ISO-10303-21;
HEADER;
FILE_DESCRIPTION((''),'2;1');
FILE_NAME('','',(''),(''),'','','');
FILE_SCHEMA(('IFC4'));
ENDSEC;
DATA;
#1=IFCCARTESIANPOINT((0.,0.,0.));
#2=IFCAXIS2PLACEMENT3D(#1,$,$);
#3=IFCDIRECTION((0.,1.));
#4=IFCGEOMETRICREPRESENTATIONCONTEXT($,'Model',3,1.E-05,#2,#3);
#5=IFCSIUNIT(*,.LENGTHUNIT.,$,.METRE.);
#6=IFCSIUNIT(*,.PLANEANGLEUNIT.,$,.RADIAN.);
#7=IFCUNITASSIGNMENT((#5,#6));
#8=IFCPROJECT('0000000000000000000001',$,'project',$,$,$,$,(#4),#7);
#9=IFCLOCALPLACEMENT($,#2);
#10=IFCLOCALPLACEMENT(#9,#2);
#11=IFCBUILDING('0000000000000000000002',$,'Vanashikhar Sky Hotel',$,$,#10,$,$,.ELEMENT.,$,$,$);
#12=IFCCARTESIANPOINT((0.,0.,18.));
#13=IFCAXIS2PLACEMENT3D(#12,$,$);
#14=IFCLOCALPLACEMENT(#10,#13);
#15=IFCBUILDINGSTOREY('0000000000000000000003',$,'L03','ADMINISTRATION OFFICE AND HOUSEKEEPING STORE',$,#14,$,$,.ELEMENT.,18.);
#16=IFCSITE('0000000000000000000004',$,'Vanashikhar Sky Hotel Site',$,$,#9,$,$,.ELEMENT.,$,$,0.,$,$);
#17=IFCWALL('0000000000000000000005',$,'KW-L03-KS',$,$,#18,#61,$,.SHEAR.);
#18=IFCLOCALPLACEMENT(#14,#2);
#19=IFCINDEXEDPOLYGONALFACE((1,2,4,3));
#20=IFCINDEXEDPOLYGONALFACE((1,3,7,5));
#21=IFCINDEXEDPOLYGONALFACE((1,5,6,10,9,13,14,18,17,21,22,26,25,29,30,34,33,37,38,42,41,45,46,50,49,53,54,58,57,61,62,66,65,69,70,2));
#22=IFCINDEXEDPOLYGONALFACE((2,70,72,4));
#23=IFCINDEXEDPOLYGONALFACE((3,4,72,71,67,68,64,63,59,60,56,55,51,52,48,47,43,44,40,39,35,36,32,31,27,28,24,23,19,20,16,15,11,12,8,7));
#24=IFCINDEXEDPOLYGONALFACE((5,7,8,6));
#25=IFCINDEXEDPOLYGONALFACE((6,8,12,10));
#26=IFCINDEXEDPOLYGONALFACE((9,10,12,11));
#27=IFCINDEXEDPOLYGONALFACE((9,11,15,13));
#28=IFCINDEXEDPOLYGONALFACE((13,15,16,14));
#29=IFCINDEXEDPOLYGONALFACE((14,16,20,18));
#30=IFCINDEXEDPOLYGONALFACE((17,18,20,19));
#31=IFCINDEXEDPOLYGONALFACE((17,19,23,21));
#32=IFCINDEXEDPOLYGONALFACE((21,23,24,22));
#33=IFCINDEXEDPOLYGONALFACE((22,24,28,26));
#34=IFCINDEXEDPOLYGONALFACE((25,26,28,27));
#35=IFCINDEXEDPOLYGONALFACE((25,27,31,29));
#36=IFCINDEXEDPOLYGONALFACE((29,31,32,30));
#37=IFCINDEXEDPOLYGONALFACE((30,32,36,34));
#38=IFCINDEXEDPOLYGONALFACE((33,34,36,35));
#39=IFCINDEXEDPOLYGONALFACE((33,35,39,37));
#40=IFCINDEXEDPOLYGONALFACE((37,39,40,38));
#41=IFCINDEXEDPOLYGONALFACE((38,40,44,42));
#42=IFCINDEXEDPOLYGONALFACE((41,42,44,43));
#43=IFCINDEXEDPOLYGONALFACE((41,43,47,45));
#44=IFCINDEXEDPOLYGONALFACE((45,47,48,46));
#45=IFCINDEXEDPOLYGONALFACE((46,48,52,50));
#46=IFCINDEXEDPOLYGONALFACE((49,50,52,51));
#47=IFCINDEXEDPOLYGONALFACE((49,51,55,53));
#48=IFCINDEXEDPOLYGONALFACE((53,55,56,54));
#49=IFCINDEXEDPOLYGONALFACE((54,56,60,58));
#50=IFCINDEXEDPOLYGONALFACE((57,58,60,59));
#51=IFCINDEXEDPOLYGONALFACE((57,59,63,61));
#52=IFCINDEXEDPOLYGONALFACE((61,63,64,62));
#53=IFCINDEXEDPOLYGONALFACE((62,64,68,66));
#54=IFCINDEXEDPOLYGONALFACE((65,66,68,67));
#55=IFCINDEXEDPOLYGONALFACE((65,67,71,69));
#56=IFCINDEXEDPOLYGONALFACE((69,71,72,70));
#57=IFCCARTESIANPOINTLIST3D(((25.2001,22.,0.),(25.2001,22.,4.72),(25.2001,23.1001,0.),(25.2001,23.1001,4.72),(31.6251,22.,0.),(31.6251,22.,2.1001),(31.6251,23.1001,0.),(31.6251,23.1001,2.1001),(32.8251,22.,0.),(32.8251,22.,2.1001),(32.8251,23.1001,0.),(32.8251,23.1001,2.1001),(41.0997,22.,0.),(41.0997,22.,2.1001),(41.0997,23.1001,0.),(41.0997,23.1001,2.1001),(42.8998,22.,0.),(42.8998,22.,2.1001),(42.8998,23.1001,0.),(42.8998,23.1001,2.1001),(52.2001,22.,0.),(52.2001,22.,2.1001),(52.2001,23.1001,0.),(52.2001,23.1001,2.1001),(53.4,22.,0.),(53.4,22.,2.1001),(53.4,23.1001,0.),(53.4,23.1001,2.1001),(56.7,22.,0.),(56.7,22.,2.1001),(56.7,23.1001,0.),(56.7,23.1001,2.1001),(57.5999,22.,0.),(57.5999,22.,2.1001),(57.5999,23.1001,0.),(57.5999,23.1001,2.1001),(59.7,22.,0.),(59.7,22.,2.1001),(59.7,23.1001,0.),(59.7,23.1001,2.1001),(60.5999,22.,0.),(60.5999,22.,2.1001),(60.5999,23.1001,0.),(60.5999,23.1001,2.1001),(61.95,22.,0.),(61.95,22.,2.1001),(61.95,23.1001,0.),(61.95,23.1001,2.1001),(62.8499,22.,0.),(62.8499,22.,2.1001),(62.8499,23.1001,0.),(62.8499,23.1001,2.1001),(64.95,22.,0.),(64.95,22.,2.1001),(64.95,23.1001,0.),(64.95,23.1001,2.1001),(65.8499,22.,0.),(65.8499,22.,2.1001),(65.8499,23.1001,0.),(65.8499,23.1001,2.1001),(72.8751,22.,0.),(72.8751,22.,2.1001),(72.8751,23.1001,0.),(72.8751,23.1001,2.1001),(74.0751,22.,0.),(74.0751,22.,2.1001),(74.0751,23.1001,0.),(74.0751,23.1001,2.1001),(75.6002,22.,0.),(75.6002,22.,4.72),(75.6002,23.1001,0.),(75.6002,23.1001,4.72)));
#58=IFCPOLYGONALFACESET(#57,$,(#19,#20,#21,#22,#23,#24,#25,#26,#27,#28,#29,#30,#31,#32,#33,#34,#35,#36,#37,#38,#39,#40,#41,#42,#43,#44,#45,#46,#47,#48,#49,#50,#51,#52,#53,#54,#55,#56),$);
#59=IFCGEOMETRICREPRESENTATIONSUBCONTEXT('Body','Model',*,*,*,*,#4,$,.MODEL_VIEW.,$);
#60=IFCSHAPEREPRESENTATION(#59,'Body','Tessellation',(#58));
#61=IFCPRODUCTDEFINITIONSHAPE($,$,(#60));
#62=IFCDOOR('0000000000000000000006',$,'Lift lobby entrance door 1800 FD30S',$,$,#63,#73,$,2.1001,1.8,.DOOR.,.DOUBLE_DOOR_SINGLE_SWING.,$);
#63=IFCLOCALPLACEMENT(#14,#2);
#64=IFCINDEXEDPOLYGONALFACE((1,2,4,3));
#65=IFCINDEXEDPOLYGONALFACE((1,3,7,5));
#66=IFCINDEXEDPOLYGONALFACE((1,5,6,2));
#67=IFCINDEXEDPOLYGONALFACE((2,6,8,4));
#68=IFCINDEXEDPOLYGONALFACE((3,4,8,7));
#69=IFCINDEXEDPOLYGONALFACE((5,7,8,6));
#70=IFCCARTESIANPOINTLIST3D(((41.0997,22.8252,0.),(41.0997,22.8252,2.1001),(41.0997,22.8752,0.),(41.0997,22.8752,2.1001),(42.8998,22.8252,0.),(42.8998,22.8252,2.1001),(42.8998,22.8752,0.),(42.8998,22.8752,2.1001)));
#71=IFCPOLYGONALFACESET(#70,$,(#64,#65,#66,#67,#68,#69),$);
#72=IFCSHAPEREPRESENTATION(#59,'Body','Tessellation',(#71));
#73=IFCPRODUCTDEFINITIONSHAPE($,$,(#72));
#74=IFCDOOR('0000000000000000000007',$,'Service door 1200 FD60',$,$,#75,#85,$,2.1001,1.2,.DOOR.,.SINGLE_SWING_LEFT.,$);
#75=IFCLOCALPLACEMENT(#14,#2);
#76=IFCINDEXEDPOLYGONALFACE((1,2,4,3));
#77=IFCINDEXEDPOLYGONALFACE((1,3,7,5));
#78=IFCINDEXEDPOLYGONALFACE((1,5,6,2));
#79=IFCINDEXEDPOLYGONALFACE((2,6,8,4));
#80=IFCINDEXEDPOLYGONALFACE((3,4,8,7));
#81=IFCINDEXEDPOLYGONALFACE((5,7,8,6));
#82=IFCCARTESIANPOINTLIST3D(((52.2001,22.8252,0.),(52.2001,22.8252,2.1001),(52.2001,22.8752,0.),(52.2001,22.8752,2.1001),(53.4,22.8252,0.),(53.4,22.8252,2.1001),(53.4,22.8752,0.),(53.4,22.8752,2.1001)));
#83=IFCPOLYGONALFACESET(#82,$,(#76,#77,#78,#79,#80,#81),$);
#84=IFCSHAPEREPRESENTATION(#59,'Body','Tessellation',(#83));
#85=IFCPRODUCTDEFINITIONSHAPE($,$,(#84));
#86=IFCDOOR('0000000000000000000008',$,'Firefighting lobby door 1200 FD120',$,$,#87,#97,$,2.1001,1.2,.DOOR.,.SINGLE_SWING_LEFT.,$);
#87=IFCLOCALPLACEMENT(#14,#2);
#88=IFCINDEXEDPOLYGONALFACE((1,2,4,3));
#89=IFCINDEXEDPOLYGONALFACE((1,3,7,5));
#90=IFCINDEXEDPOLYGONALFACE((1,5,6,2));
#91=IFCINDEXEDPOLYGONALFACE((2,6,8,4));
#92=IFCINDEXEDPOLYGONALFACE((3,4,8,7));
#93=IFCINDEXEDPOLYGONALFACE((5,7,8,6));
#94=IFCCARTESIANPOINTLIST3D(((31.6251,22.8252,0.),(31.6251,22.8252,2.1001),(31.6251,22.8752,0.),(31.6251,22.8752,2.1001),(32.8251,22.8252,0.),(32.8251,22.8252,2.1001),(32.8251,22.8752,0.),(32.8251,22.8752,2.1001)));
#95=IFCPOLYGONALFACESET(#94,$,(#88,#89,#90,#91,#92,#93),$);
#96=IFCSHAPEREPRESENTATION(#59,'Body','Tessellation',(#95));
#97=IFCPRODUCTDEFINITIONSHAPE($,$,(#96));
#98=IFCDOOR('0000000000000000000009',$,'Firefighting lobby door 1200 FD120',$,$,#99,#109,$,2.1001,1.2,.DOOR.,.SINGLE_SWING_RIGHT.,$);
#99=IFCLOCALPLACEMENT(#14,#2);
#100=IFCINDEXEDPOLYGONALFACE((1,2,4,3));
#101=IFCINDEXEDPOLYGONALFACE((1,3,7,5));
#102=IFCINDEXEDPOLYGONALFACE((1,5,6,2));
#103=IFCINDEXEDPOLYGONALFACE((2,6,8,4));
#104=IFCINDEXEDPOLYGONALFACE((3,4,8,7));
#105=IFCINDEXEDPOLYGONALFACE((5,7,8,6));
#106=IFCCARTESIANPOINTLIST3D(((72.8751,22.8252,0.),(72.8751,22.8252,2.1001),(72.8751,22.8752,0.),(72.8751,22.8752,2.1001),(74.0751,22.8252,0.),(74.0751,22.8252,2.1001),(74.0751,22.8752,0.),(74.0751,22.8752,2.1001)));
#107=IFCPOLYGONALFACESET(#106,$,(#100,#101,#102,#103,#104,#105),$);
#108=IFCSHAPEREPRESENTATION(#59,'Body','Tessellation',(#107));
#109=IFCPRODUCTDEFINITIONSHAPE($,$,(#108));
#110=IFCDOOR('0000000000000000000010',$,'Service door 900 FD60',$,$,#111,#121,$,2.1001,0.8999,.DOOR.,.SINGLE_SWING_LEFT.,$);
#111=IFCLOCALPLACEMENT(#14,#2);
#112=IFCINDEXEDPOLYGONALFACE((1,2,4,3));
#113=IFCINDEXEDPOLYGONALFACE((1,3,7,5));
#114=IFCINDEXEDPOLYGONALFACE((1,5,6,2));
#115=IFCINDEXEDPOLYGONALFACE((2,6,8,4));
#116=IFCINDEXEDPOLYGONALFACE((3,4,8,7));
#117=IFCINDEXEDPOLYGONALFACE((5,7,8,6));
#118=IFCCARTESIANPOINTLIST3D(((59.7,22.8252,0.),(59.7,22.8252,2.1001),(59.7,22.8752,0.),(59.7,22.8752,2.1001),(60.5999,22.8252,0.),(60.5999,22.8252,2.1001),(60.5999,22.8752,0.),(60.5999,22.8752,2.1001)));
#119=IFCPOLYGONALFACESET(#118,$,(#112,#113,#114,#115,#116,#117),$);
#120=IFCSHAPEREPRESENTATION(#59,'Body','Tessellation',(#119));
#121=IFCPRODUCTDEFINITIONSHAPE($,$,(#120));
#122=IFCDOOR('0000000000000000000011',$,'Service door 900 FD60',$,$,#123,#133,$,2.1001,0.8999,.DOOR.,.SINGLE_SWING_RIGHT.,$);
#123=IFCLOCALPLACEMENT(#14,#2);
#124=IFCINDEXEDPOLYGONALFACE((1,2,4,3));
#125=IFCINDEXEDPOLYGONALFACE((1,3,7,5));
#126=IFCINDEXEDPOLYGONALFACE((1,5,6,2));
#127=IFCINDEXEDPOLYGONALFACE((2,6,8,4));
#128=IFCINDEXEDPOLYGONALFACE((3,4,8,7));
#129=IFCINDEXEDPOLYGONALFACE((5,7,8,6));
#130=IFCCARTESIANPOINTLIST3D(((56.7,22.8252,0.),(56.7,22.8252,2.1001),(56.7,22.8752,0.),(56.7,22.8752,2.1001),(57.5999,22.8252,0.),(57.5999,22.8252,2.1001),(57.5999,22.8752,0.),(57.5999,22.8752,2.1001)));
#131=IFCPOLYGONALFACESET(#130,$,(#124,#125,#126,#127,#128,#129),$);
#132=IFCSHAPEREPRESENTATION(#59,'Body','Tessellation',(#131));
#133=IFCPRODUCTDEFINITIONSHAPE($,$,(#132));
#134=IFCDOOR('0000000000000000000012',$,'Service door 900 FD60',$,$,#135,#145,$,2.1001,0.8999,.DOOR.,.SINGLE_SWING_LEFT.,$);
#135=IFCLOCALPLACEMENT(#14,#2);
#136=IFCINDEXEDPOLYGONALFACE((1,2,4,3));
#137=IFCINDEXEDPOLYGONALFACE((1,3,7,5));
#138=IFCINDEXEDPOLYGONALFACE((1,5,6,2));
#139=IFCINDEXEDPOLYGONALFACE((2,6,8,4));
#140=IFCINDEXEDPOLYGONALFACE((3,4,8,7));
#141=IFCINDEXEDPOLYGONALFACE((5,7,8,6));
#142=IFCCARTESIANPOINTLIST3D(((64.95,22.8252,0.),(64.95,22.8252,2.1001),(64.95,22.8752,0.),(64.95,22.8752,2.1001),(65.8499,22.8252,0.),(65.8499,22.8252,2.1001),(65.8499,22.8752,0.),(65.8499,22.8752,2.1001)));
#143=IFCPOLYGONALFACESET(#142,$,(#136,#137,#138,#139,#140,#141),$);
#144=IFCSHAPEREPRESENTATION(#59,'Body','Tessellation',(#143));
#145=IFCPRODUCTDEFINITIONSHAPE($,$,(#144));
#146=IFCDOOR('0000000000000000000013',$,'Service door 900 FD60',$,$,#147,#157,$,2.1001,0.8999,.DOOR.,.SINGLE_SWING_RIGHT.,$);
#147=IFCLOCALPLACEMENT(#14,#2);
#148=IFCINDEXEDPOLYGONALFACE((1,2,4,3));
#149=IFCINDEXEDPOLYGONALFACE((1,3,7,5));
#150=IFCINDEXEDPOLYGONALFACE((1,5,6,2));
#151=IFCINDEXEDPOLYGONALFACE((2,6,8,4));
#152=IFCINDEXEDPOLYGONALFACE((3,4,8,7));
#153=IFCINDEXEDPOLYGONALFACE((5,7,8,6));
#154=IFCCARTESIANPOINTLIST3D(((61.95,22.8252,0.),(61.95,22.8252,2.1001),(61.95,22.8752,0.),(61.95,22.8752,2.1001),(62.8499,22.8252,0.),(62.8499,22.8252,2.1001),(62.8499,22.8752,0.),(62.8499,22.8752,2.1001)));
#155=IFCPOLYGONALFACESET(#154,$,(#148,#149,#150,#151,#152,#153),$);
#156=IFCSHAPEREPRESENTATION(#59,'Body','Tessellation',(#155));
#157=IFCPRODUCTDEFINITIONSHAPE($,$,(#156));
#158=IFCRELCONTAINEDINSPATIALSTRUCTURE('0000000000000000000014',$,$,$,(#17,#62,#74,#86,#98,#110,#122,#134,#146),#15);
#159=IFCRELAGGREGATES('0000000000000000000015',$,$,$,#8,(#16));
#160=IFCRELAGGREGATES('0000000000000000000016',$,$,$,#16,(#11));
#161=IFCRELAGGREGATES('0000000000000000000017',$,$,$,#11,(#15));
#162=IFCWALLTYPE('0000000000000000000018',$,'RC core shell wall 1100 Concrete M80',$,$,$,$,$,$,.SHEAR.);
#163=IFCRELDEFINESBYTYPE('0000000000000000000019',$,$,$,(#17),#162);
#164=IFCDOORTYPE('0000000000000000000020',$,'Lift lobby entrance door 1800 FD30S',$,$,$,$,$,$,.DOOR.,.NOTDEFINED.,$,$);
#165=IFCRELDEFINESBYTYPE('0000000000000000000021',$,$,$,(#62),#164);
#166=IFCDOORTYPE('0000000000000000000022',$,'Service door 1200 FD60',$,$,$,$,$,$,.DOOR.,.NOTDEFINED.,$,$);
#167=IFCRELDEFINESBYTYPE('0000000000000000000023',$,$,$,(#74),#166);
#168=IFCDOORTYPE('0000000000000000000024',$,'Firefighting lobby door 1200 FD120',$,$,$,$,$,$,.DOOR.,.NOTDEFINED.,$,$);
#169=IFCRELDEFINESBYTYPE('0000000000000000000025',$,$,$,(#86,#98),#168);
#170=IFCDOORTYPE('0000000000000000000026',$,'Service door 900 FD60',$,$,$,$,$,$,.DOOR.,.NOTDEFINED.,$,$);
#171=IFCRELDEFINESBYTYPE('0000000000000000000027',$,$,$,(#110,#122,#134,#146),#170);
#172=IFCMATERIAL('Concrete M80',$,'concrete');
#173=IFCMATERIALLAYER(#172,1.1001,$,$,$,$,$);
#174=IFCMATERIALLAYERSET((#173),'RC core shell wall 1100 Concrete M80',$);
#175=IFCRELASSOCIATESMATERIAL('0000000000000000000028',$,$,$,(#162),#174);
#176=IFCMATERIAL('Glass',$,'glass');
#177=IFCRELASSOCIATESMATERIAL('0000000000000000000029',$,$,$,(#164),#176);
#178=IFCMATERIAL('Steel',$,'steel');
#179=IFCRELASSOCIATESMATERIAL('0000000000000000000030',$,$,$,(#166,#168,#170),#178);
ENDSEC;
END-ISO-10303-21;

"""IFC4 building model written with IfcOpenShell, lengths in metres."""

from ifc_helpers import new_model, si_unit, direction, frame, frame_2d, origin, place, context, subcontext, project, spatial, rectangle, extrude, source, transform, mapped, material, layer, layer_set, type_object, element, fill, save


model = new_model("IFC4")

# Units and contexts
model_context = context("Model", 3, precision=1e-05, world=origin(), true_north=direction((0.0, 1.0)))
body_context = subcontext(model_context, "Body", "Model", "MODEL_VIEW")
ifc_project = project(units=[si_unit("LENGTHUNIT", "METRE"), si_unit("PLANEANGLEUNIT", "RADIAN")], contexts=[model_context])

# Site, building, storey
site_placement = place(None, origin())
site = spatial("IfcSite", under=ifc_project, at=site_placement, Name="Vanashikhar Sky Hotel Site", CompositionType="ELEMENT", RefElevation=0.0)
building_placement = place(site_placement, origin())
building = spatial("IfcBuilding", under=site, at=building_placement, Name="Vanashikhar Sky Hotel", CompositionType="ELEMENT")
storey_placement = place(building_placement, frame((0.0, 0.0, 18.0)))
storey = spatial("IfcBuildingStorey", under=building, at=storey_placement, Name="L03", Description="ADMINISTRATION OFFICE AND HOUSEKEEPING STORE", CompositionType="ELEMENT", Elevation=18.0)

# Wall, openings, doors
ifc_material_1 = material(Name="Concrete M80", Category="concrete")
ifc_layer_1 = layer(ifc_material_1, 1.1001)
ifc_layer_set_1 = layer_set([ifc_layer_1], Name="RC core shell wall 1100 Concrete M80")
wall_type_1 = type_object("IfcWallType", Name="RC core shell wall 1100 Concrete M80", PredefinedType="SHEAR", material=ifc_layer_set_1)
shared_shape_1 = source(origin(), body_context, "Body", "SweptSolid", [
    extrude(rectangle(XDim=50.4001, YDim=1.1001, at=frame_2d((25.2002, 0.0))), origin(), (0.0, 0.0, 1.0), 4.72),
])
wall_1_placement = place(storey_placement, frame((25.2, 22.55, 0.0), z_axis=(0.0, 0.0, 1.0), x_axis=(1.0, 0.0, 0.0)))
wall_1 = element("IfcWall", 1, at=wall_1_placement, inside=storey, type_object=wall_type_1, Name="KW-L03-KS", PredefinedType="SHEAR", context=body_context, shape_type="MappedRepresentation", body=[
    mapped(shared_shape_1, transform((0.0, 0.0, 0.0), scale=1.0)),
])
shared_shape_2 = source(origin(), body_context, "Body", "SweptSolid", [
    extrude(rectangle(XDim=1.8, YDim=2.1001, at=frame_2d((0.8999, 1.05))), frame((0.0, 0.5601, 0.0), z_axis=(0.0, -1.0, 0.0), x_axis=(1.0, 0.0, 0.0)), (0.0, 0.0, 1.0), 1.1201),
])
opening_1_placement = place(wall_1_placement, frame((15.8999, 0.0, 0.0)))
opening_1 = element("IfcOpeningElement", 2, at=opening_1_placement, cuts=wall_1, PredefinedType="OPENING", context=body_context, shape_type="MappedRepresentation", body=[
    mapped(shared_shape_2, transform((0.0, 0.0, 0.0), scale=1.0)),
])
shared_shape_3 = source(origin(), body_context, "Body", "SweptSolid", [
    extrude(rectangle(XDim=1.2, YDim=2.1001, at=frame_2d((0.6001, 1.05))), frame((0.0, 0.5601, 0.0), z_axis=(0.0, -1.0, 0.0), x_axis=(1.0, 0.0, 0.0)), (0.0, 0.0, 1.0), 1.1201),
])
opening_2_placement = place(wall_1_placement, frame((27.0, 0.0, 0.0)))
opening_2 = element("IfcOpeningElement", 3, at=opening_2_placement, cuts=wall_1, PredefinedType="OPENING", context=body_context, shape_type="MappedRepresentation", body=[
    mapped(shared_shape_3, transform((0.0, 0.0, 0.0), scale=1.0)),
])
shared_shape_4 = source(origin(), body_context, "Body", "SweptSolid", [
    extrude(rectangle(XDim=0.8999, YDim=2.1001, at=frame_2d((0.45, 1.05))), frame((0.0, 0.5601, 0.0), z_axis=(0.0, -1.0, 0.0), x_axis=(1.0, 0.0, 0.0)), (0.0, 0.0, 1.0), 1.1201),
])
opening_3_placement = place(wall_1_placement, frame((34.5, 0.0, 0.0)))
opening_3 = element("IfcOpeningElement", 4, at=opening_3_placement, cuts=wall_1, PredefinedType="OPENING", context=body_context, shape_type="MappedRepresentation", body=[
    mapped(shared_shape_4, transform((0.0, 0.0, 0.0), scale=1.0)),
])
opening_4_placement = place(wall_1_placement, frame((31.5, 0.0, 0.0)))
opening_4 = element("IfcOpeningElement", 5, at=opening_4_placement, cuts=wall_1, PredefinedType="OPENING", context=body_context, shape_type="MappedRepresentation", body=[
    mapped(shared_shape_4, transform((0.0, 0.0, 0.0), scale=1.0)),
])
opening_5_placement = place(wall_1_placement, frame((39.75, 0.0, 0.0)))
opening_5 = element("IfcOpeningElement", 6, at=opening_5_placement, cuts=wall_1, PredefinedType="OPENING", context=body_context, shape_type="MappedRepresentation", body=[
    mapped(shared_shape_4, transform((0.0, 0.0, 0.0), scale=1.0)),
])
opening_6_placement = place(wall_1_placement, frame((36.75, 0.0, 0.0)))
opening_6 = element("IfcOpeningElement", 7, at=opening_6_placement, cuts=wall_1, PredefinedType="OPENING", context=body_context, shape_type="MappedRepresentation", body=[
    mapped(shared_shape_4, transform((0.0, 0.0, 0.0), scale=1.0)),
])
opening_7_placement = place(wall_1_placement, frame((6.425, 0.0, 0.0)))
opening_7 = element("IfcOpeningElement", 8, at=opening_7_placement, cuts=wall_1, PredefinedType="OPENING", context=body_context, shape_type="MappedRepresentation", body=[
    mapped(shared_shape_3, transform((0.0, 0.0, 0.0), scale=1.0)),
])
opening_8_placement = place(wall_1_placement, frame((47.675, 0.0, 0.0)))
opening_8 = element("IfcOpeningElement", 9, at=opening_8_placement, cuts=wall_1, PredefinedType="OPENING", context=body_context, shape_type="MappedRepresentation", body=[
    mapped(shared_shape_3, transform((0.0, 0.0, 0.0), scale=1.0)),
])
ifc_material_2 = material(Name="Glass", Category="glass")
door_type_1 = type_object("IfcDoorType", Name="Lift lobby entrance door 1800 FD30S", OperationType="NOTDEFINED", PredefinedType="DOOR", material=ifc_material_2)
shared_shape_5 = source(origin(), body_context, "Body", "SweptSolid", [
    extrude(rectangle(XDim=1.8, YDim=2.1001, at=frame_2d((0.8999, 1.05))), frame((0.0, 0.3252, 0.0), z_axis=(0.0, -1.0, 0.0), x_axis=(1.0, 0.0, 0.0)), (0.0, 0.0, 1.0), 0.05),
])
door_1_placement = place(opening_1_placement, origin())
door_1 = element("IfcDoor", 10, at=door_1_placement, inside=storey, type_object=door_type_1, Name="Lift lobby entrance door 1800 FD30S", OperationType="DOUBLE_DOOR_SINGLE_SWING", OverallHeight=2.1001, OverallWidth=1.8, PredefinedType="DOOR", context=body_context, shape_type="MappedRepresentation", body=[
    mapped(shared_shape_5, transform((0.0, 0.0, 0.0), scale=1.0)),
])
fill(opening_1, door_1)
ifc_material_3 = material(Name="Steel", Category="steel")
door_type_2 = type_object("IfcDoorType", Name="Service door 1200 FD60", OperationType="NOTDEFINED", PredefinedType="DOOR", material=ifc_material_3)
shared_shape_6 = source(origin(), body_context, "Body", "SweptSolid", [
    extrude(rectangle(XDim=1.2, YDim=2.1001, at=frame_2d((0.6001, 1.05))), frame((0.0, 0.3252, 0.0), z_axis=(0.0, -1.0, 0.0), x_axis=(1.0, 0.0, 0.0)), (0.0, 0.0, 1.0), 0.05),
])
door_2_placement = place(opening_2_placement, origin())
door_2 = element("IfcDoor", 11, at=door_2_placement, inside=storey, type_object=door_type_2, Name="Service door 1200 FD60", OperationType="SINGLE_SWING_LEFT", OverallHeight=2.1001, OverallWidth=1.2, PredefinedType="DOOR", context=body_context, shape_type="MappedRepresentation", body=[
    mapped(shared_shape_6, transform((0.0, 0.0, 0.0), scale=1.0)),
])
fill(opening_2, door_2)
door_type_3 = type_object("IfcDoorType", Name="Firefighting lobby door 1200 FD120", OperationType="NOTDEFINED", PredefinedType="DOOR", material=ifc_material_3)
door_3_placement = place(opening_7_placement, origin())
door_3 = element("IfcDoor", 12, at=door_3_placement, inside=storey, type_object=door_type_3, Name="Firefighting lobby door 1200 FD120", OperationType="SINGLE_SWING_LEFT", OverallHeight=2.1001, OverallWidth=1.2, PredefinedType="DOOR", context=body_context, shape_type="MappedRepresentation", body=[
    mapped(shared_shape_6, transform((0.0, 0.0, 0.0), scale=1.0)),
])
fill(opening_7, door_3)
door_4_placement = place(opening_8_placement, origin())
door_4 = element("IfcDoor", 13, at=door_4_placement, inside=storey, type_object=door_type_3, Name="Firefighting lobby door 1200 FD120", OperationType="SINGLE_SWING_RIGHT", OverallHeight=2.1001, OverallWidth=1.2, PredefinedType="DOOR", context=body_context, shape_type="MappedRepresentation", body=[
    mapped(shared_shape_6, transform((0.0, 0.0, 0.0), scale=1.0)),
])
fill(opening_8, door_4)
door_type_4 = type_object("IfcDoorType", Name="Service door 900 FD60", OperationType="NOTDEFINED", PredefinedType="DOOR", material=ifc_material_3)
shared_shape_7 = source(origin(), body_context, "Body", "SweptSolid", [
    extrude(rectangle(XDim=0.8999, YDim=2.1001, at=frame_2d((0.45, 1.05))), frame((0.0, 0.3252, 0.0), z_axis=(0.0, -1.0, 0.0), x_axis=(1.0, 0.0, 0.0)), (0.0, 0.0, 1.0), 0.05),
])
door_5_placement = place(opening_3_placement, origin())
door_5 = element("IfcDoor", 14, at=door_5_placement, inside=storey, type_object=door_type_4, Name="Service door 900 FD60", OperationType="SINGLE_SWING_LEFT", OverallHeight=2.1001, OverallWidth=0.8999, PredefinedType="DOOR", context=body_context, shape_type="MappedRepresentation", body=[
    mapped(shared_shape_7, transform((0.0, 0.0, 0.0), scale=1.0)),
])
fill(opening_3, door_5)
door_6_placement = place(opening_4_placement, origin())
door_6 = element("IfcDoor", 15, at=door_6_placement, inside=storey, type_object=door_type_4, Name="Service door 900 FD60", OperationType="SINGLE_SWING_RIGHT", OverallHeight=2.1001, OverallWidth=0.8999, PredefinedType="DOOR", context=body_context, shape_type="MappedRepresentation", body=[
    mapped(shared_shape_7, transform((0.0, 0.0, 0.0), scale=1.0)),
])
fill(opening_4, door_6)
door_7_placement = place(opening_5_placement, origin())
door_7 = element("IfcDoor", 16, at=door_7_placement, inside=storey, type_object=door_type_4, Name="Service door 900 FD60", OperationType="SINGLE_SWING_LEFT", OverallHeight=2.1001, OverallWidth=0.8999, PredefinedType="DOOR", context=body_context, shape_type="MappedRepresentation", body=[
    mapped(shared_shape_7, transform((0.0, 0.0, 0.0), scale=1.0)),
])
fill(opening_5, door_7)
door_8_placement = place(opening_6_placement, origin())
door_8 = element("IfcDoor", 17, at=door_8_placement, inside=storey, type_object=door_type_4, Name="Service door 900 FD60", OperationType="SINGLE_SWING_RIGHT", OverallHeight=2.1001, OverallWidth=0.8999, PredefinedType="DOOR", context=body_context, shape_type="MappedRepresentation", body=[
    mapped(shared_shape_7, transform((0.0, 0.0, 0.0), scale=1.0)),
])
fill(opening_6, door_8)

save(model, "model.ifc")
